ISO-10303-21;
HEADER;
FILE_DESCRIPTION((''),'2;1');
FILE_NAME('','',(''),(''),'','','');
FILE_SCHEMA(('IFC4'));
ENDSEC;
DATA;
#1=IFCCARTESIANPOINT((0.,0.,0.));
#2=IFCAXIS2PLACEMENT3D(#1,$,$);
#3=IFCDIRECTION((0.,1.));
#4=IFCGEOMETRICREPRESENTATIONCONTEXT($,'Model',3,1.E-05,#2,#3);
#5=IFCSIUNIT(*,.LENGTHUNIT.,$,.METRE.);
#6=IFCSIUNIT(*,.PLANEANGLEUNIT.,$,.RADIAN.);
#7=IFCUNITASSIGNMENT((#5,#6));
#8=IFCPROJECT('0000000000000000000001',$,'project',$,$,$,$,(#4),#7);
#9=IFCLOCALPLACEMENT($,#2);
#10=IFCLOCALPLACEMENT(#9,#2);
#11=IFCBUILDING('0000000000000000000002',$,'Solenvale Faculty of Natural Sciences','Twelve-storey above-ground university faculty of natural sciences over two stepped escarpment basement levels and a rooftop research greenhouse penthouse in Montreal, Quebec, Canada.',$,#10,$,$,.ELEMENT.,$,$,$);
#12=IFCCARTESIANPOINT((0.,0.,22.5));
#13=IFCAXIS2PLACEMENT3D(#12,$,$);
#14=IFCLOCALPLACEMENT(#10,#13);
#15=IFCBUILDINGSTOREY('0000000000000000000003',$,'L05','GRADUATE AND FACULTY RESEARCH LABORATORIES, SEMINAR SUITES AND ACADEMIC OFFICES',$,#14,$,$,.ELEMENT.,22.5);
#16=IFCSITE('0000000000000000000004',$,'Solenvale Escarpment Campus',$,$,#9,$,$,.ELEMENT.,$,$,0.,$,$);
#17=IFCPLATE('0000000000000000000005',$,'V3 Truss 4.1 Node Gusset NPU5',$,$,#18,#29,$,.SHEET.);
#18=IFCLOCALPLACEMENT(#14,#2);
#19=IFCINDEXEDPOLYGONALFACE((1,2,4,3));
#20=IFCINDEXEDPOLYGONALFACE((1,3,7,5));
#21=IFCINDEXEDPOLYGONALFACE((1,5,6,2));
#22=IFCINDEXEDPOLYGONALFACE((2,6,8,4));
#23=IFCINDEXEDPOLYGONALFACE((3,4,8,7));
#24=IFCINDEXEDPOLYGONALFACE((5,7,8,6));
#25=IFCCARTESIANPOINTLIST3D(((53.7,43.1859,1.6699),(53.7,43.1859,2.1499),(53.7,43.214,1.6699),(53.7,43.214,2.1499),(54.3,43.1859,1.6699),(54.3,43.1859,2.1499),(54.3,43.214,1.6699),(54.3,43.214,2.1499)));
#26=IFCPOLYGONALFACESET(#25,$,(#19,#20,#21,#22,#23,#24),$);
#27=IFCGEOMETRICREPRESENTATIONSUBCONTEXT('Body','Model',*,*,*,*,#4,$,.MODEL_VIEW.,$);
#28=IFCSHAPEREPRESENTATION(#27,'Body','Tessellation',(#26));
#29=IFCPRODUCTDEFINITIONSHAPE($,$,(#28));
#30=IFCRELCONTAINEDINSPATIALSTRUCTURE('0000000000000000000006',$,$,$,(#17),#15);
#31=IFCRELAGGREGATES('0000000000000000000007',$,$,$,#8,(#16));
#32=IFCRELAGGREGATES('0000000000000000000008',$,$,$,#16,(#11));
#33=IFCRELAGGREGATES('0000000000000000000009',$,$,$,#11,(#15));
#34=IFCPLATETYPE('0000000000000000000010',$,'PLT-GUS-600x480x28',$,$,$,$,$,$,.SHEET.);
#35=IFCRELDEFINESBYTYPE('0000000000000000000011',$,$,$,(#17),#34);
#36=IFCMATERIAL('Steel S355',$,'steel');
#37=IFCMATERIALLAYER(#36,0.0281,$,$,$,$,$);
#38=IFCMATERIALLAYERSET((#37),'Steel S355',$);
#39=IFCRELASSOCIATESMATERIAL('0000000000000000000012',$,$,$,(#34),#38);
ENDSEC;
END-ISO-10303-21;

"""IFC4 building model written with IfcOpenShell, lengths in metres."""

from ifc_helpers import new_model, si_unit, direction, frame, origin, origin_2d, place, context, subcontext, project, spatial, rectangle, extrude, material, layer, layer_set, type_object, element, save


model = new_model("IFC4")

# Units and contexts
model_context = context("Model", 3, precision=1e-05, world=origin(), true_north=direction((0.0, 1.0)))
body_context = subcontext(model_context, "Body", "Model", "MODEL_VIEW")
ifc_project = project(units=[si_unit("LENGTHUNIT", "METRE"), si_unit("PLANEANGLEUNIT", "RADIAN")], contexts=[model_context])

# Site, building, storey
site_placement = place(None, origin())
site = spatial("IfcSite", under=ifc_project, at=site_placement, Name="Solenvale Escarpment Campus", CompositionType="ELEMENT", RefElevation=0.0)
building_placement = place(site_placement, origin())
building = spatial("IfcBuilding", under=site, at=building_placement, Name="Solenvale Faculty of Natural Sciences", Description="Twelve-storey above-ground university faculty of natural sciences over two stepped escarpment basement levels and a rooftop research greenhouse penthouse in Montreal, Quebec, Canada.", CompositionType="ELEMENT")
storey_placement = place(building_placement, frame((0.0, 0.0, 22.5)))
storey = spatial("IfcBuildingStorey", under=building, at=storey_placement, Name="L05", Description="GRADUATE AND FACULTY RESEARCH LABORATORIES, SEMINAR SUITES AND ACADEMIC OFFICES", CompositionType="ELEMENT", Elevation=22.5)

# Shared definitions
ifc_material_1 = material(Name="Steel S355", Category="steel")

# Plate
ifc_layer_1 = layer(ifc_material_1, 0.0281)
ifc_layer_set_1 = layer_set([ifc_layer_1], Name="Steel S355")
plate_type_1 = type_object("IfcPlateType", Name="PLT-GUS-600x480x28", PredefinedType="SHEET", material=ifc_layer_set_1)
for number, where, z_axis, x_axis, name in (
    (1, (54.0, 43.2, 1.6699), (0.0, 0.0, 1.0), (1.0, 0.0, 0.0), "V3 Truss 4.1 Node Gusset NPU5"),
):
    element("IfcPlate", number, at=place(storey_placement, frame(where, z_axis=z_axis, x_axis=x_axis)), inside=storey, type_object=plate_type_1, Name=name, PredefinedType="SHEET", context=body_context, shape_type="SweptSolid", body=[
        extrude(rectangle(XDim=0.6001, YDim=0.0281, at=origin_2d()), origin(), (0.0, 0.0, 1.0), 0.48),
    ])

save(model, "model.ifc")
